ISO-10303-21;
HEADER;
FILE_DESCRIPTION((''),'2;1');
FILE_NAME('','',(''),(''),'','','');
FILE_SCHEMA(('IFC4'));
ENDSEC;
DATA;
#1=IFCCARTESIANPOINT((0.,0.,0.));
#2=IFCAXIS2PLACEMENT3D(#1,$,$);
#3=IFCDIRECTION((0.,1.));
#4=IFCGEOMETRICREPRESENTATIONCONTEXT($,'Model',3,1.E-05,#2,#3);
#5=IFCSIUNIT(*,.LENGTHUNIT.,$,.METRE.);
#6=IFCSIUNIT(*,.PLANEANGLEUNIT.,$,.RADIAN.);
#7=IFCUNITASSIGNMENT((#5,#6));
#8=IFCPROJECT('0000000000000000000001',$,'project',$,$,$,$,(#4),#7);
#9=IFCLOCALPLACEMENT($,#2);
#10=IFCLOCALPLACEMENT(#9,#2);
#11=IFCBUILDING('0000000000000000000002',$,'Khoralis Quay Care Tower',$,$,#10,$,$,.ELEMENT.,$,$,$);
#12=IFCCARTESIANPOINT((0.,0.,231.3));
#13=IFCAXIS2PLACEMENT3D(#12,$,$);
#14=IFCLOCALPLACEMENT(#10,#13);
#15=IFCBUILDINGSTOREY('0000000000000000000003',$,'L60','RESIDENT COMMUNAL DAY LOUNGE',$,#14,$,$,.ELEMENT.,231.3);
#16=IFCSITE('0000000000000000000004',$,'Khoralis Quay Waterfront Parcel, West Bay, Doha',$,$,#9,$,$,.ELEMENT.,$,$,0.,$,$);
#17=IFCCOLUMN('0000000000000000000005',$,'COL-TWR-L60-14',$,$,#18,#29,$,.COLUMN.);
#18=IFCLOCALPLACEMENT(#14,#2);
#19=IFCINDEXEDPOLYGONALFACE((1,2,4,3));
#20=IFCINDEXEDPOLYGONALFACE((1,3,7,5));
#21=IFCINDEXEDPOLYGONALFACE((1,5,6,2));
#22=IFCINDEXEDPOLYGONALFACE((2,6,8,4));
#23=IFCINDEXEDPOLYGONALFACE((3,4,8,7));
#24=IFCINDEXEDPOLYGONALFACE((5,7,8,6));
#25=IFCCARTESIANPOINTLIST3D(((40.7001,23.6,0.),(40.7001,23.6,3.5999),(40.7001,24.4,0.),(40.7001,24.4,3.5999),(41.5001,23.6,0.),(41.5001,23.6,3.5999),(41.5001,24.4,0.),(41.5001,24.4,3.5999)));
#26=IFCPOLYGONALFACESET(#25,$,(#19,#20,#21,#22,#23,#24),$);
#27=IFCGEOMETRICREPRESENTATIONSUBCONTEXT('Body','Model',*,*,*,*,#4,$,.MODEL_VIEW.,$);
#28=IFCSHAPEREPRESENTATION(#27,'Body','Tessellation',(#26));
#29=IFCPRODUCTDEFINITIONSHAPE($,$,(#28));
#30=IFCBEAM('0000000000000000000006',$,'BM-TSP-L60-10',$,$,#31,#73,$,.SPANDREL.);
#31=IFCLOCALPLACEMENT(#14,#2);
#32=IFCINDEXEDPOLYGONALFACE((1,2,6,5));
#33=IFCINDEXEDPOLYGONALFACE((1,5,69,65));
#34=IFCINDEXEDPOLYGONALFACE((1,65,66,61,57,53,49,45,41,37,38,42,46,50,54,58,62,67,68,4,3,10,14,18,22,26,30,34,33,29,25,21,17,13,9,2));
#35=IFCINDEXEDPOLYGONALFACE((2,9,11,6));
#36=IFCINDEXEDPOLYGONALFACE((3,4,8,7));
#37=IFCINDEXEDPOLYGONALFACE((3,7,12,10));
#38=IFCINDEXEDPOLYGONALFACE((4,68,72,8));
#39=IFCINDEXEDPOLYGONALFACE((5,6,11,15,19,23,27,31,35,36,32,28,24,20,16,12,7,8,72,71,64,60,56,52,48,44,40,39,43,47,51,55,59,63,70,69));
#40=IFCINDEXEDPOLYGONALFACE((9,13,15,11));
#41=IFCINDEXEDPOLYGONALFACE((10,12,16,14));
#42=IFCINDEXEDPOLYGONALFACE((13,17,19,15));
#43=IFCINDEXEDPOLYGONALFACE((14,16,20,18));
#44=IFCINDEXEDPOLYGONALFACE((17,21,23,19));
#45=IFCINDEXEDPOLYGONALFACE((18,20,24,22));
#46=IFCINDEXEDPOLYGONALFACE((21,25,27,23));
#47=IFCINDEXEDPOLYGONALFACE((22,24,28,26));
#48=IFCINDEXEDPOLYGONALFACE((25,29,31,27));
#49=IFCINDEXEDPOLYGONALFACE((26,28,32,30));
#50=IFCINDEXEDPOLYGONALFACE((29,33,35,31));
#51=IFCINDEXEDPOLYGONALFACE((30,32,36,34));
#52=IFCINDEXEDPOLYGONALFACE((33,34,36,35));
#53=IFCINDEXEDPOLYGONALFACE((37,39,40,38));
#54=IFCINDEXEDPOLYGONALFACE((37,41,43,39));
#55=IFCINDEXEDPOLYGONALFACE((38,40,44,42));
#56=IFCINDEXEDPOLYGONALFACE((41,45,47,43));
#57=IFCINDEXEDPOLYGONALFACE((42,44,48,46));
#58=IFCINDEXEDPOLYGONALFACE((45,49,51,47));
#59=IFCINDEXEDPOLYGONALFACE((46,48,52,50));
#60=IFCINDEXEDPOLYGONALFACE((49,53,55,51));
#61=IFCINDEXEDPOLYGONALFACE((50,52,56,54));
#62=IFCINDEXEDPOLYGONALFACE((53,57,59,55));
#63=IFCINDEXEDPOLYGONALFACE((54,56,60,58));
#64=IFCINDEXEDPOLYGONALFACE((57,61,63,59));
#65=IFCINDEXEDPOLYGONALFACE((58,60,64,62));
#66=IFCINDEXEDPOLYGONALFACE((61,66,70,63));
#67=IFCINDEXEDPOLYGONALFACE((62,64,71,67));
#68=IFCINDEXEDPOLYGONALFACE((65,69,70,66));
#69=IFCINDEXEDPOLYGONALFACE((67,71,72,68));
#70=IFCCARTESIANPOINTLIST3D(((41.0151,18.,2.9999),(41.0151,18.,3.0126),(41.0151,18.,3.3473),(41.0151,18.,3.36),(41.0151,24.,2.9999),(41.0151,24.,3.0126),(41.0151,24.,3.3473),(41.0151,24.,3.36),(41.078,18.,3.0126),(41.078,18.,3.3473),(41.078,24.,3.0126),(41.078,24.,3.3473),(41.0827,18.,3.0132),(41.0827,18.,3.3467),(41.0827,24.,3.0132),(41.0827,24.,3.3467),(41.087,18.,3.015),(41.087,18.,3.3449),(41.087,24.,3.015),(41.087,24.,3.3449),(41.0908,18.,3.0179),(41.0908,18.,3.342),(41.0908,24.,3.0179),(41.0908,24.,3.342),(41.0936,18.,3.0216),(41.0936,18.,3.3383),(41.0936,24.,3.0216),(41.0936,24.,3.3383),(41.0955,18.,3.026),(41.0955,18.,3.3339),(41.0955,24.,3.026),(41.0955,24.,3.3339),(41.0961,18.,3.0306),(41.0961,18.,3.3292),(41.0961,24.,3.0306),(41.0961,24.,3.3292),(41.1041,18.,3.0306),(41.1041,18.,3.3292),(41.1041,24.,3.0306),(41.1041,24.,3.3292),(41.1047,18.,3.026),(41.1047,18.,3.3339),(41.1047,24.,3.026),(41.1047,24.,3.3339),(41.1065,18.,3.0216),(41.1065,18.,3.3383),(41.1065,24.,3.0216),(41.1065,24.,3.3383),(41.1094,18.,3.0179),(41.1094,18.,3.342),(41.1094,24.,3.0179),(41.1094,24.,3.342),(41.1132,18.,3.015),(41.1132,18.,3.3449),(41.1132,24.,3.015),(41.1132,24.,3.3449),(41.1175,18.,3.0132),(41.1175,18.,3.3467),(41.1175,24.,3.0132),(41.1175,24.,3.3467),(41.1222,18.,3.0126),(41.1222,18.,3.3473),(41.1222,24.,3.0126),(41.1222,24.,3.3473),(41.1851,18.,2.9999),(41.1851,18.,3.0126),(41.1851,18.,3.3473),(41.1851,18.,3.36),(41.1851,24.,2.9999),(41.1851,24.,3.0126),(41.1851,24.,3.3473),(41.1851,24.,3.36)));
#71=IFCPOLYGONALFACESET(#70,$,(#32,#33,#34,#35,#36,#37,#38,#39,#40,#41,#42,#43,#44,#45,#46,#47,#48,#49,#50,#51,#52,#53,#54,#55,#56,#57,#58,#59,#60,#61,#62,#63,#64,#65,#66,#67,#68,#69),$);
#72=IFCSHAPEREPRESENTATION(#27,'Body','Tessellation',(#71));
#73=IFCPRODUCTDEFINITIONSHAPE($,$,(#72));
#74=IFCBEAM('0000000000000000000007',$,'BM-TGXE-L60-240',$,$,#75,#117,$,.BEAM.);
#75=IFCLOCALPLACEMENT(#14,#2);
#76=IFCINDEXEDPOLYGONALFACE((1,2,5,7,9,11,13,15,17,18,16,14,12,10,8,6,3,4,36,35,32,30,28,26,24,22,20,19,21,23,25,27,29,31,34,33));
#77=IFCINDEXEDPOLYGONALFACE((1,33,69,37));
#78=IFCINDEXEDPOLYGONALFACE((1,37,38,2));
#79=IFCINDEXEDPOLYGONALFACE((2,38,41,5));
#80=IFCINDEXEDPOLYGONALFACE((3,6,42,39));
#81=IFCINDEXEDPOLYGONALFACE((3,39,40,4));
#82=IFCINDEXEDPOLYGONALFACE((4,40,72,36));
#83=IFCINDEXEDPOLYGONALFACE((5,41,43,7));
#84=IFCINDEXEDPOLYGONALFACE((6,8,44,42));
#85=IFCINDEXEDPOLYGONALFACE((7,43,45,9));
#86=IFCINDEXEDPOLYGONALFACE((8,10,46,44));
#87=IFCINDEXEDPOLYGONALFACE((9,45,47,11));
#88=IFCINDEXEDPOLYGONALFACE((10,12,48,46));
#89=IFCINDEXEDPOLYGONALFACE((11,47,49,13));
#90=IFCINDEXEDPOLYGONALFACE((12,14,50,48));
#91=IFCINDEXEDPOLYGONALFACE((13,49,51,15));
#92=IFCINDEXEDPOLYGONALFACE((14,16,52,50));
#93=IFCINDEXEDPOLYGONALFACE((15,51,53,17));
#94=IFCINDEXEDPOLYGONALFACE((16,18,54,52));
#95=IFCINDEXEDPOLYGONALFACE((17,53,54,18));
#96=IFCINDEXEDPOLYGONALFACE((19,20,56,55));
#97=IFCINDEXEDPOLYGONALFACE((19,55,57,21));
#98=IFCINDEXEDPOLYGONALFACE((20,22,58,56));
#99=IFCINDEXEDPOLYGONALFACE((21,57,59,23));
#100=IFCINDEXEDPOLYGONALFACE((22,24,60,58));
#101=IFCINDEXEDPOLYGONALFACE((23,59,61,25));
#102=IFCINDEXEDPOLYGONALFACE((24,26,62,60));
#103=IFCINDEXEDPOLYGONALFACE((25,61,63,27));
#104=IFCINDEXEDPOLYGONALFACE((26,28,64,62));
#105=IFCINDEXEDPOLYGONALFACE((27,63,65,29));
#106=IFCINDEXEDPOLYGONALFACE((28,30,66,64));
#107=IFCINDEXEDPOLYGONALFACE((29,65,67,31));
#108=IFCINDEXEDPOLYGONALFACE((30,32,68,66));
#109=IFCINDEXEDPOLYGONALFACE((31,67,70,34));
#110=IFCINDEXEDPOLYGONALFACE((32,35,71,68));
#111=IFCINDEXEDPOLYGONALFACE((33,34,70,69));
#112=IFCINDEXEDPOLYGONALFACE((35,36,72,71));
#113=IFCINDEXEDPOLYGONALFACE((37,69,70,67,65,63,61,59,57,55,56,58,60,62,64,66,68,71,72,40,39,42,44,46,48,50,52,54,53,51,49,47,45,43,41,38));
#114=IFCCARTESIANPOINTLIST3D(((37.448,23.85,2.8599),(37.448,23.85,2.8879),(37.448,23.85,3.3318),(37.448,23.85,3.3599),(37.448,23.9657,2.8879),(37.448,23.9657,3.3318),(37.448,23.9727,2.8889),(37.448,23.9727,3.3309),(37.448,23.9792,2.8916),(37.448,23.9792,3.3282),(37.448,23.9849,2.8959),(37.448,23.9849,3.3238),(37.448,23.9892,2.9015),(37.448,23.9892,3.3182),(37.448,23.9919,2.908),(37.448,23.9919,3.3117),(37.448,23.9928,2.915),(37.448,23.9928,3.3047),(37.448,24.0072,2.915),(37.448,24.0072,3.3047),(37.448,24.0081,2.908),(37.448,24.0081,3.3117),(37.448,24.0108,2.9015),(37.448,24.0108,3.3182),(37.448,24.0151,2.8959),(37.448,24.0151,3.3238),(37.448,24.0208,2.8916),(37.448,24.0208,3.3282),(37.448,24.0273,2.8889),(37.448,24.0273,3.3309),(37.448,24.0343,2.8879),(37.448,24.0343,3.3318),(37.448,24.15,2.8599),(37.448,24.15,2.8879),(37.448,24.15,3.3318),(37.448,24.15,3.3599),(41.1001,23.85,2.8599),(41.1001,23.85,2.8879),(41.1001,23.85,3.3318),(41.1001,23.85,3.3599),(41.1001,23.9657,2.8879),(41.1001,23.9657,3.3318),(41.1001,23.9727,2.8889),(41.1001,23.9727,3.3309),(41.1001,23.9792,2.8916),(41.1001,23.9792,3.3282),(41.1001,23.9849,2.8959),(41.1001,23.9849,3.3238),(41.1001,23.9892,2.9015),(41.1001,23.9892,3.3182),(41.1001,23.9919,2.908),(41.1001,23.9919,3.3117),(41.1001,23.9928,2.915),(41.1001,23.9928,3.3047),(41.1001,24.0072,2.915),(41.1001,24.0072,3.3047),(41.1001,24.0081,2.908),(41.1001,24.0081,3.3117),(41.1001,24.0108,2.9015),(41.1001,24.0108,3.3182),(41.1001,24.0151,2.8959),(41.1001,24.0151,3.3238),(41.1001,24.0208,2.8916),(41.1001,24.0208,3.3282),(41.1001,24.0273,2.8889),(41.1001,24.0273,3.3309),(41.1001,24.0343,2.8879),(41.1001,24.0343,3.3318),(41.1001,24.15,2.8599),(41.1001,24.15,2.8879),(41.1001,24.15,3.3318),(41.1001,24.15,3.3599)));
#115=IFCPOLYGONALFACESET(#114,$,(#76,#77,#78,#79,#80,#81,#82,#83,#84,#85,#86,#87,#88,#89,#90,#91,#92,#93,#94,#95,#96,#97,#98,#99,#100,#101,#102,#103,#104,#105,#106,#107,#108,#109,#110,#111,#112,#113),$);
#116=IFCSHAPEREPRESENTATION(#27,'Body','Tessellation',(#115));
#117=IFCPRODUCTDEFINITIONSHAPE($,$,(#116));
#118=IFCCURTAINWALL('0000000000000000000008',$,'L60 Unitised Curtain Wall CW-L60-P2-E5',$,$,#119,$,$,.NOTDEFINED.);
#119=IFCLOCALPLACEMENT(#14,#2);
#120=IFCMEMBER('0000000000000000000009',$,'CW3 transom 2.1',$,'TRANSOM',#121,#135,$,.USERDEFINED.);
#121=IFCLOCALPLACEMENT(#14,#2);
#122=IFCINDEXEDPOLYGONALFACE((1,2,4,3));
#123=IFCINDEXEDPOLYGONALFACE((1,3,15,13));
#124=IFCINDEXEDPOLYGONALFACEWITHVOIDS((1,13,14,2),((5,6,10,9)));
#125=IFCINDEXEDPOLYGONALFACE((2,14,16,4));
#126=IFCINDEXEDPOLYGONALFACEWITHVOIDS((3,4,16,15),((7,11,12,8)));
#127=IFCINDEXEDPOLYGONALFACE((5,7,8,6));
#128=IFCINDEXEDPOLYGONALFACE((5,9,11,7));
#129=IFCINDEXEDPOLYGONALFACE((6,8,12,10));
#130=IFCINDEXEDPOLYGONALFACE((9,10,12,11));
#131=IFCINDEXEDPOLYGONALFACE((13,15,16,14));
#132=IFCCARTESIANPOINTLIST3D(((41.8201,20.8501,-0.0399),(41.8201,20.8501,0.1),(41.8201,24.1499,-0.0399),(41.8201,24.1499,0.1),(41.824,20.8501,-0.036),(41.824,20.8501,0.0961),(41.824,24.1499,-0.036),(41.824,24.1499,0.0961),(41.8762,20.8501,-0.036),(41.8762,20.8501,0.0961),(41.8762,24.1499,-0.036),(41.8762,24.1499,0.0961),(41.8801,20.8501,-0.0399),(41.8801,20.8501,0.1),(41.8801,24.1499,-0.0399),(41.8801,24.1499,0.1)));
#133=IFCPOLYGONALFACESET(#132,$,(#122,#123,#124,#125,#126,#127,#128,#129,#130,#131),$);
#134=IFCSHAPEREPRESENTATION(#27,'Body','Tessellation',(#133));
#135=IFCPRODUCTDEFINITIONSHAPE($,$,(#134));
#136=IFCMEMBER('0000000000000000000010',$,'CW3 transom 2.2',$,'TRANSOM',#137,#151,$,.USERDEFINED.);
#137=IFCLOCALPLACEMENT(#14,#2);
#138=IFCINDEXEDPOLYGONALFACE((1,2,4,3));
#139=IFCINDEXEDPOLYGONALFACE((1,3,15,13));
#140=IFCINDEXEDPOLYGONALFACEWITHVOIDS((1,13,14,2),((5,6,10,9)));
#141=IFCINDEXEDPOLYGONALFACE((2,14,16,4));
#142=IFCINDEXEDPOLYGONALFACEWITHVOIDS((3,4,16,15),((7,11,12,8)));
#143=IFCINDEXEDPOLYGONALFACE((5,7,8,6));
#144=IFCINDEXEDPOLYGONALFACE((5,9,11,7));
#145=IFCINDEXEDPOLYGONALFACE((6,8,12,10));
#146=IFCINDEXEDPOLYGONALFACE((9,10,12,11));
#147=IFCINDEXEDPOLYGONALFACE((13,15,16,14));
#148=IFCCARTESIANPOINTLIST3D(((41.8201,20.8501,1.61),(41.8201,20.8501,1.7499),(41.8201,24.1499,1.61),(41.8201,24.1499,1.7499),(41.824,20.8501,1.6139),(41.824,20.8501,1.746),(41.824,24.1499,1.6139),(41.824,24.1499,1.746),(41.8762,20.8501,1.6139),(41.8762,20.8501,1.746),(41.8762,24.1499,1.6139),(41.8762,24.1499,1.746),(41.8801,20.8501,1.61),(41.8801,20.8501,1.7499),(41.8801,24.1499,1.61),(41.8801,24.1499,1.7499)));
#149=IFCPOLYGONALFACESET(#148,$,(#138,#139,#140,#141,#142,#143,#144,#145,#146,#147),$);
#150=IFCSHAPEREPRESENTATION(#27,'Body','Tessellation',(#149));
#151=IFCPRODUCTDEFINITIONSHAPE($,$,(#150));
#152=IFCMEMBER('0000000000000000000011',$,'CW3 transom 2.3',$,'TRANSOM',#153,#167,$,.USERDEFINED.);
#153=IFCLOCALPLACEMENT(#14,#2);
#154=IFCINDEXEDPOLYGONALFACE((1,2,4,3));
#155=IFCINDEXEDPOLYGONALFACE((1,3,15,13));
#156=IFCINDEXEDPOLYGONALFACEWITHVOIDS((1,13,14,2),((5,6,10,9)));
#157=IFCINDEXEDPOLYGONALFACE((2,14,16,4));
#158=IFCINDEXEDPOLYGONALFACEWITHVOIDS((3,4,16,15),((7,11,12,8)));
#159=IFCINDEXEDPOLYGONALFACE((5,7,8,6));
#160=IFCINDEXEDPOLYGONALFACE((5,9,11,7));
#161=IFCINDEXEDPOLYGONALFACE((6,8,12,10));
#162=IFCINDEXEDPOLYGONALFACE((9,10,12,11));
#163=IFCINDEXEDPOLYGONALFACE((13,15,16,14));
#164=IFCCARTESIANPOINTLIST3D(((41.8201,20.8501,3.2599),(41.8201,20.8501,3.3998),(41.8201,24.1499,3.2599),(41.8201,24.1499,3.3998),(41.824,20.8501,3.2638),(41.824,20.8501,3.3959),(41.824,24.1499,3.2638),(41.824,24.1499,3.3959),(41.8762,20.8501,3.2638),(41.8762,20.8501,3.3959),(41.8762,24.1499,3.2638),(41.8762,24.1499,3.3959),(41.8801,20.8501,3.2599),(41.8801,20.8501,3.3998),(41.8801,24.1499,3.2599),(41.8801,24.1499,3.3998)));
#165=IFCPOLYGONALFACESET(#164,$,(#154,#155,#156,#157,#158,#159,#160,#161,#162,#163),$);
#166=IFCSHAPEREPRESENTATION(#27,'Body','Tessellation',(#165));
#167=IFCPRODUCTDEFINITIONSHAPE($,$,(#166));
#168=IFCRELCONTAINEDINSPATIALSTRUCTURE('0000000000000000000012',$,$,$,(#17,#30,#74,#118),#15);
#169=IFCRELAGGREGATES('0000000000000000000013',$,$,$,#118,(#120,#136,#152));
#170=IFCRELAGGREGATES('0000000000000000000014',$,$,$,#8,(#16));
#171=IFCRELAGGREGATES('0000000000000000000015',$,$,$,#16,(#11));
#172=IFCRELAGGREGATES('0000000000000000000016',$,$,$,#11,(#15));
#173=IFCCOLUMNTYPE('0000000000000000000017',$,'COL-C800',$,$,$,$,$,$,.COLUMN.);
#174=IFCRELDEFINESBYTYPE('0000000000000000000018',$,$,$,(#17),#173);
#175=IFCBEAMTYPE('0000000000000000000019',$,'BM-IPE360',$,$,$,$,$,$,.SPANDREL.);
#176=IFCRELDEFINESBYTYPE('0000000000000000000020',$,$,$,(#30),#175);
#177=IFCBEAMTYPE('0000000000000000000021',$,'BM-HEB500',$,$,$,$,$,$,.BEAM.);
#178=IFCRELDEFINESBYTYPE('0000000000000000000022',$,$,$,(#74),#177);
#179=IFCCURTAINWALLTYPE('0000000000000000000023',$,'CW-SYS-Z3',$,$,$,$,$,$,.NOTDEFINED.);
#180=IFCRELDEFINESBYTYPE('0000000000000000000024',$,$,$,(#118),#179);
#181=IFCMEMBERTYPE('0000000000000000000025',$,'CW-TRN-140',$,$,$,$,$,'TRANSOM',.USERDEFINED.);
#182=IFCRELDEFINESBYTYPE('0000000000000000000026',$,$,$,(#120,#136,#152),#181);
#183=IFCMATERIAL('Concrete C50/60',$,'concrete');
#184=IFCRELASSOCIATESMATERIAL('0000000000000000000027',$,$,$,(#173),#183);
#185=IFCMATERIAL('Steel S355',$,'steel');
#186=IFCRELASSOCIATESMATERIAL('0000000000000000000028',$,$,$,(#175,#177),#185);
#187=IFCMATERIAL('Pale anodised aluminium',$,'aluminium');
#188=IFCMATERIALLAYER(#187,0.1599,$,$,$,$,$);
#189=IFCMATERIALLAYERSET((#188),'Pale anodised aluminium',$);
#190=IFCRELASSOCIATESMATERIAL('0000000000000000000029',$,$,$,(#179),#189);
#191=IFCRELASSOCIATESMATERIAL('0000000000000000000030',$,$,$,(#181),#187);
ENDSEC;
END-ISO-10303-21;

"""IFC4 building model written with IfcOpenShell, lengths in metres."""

from ifc_helpers import new_model, si_unit, direction, frame, origin, origin_2d, place, context, subcontext, project, spatial, rectangle, hollow_rectangle, i_section, extrude, source, transform, mapped, material, layer, layer_set, material_profile, profile_set, type_object, element, aggregate, save


model = new_model("IFC4")

# Units and contexts
model_context = context("Model", 3, precision=1e-05, world=origin(), true_north=direction((0.0, 1.0)))
body_context = subcontext(model_context, "Body", "Model", "MODEL_VIEW")
ifc_project = project(units=[si_unit("LENGTHUNIT", "METRE"), si_unit("PLANEANGLEUNIT", "RADIAN")], contexts=[model_context])

# Site, building, storey
site_placement = place(None, origin())
site = spatial("IfcSite", under=ifc_project, at=site_placement, Name="Khoralis Quay Waterfront Parcel, West Bay, Doha", CompositionType="ELEMENT", RefElevation=0.0)
building_placement = place(site_placement, origin())
building = spatial("IfcBuilding", under=site, at=building_placement, Name="Khoralis Quay Care Tower", CompositionType="ELEMENT")
storey_placement = place(building_placement, frame((0.0, 0.0, 231.3)))
storey = spatial("IfcBuildingStorey", under=building, at=storey_placement, Name="L60", Description="RESIDENT COMMUNAL DAY LOUNGE", CompositionType="ELEMENT", Elevation=231.3)

# Column
ifc_material_1 = material(Name="Concrete C50/60", Category="concrete")
ifc_material_profile_1 = material_profile(ifc_material_1, rectangle(XDim=0.8, YDim=0.8, at=origin_2d()), Name="Concrete C50/60")
ifc_profile_set_1 = profile_set([ifc_material_profile_1], Name="Concrete C50/60")
column_type = type_object("IfcColumnType", Name="COL-C800", PredefinedType="COLUMN", material=ifc_profile_set_1)
shared_shape_1 = source(origin(), body_context, "Body", "SweptSolid", [
    extrude(rectangle(XDim=0.8, YDim=0.8, at=origin_2d()), origin(), (0.0, 0.0, 1.0), 3.5999),
])
column_placement = place(storey_placement, frame((41.1001, 24.0, 0.0), z_axis=(0.0, 0.0, 1.0), x_axis=(1.0, 0.0, 0.0)))
element("IfcColumn", 1, at=column_placement, inside=storey, type_object=column_type, Name="COL-TWR-L60-14", PredefinedType="COLUMN", context=body_context, shape_type="MappedRepresentation", body=[
    mapped(shared_shape_1, transform((0.0, 0.0, 0.0), scale=1.0)),
])

# Beams
ifc_material_2 = material(Name="Steel S355", Category="steel")
ifc_material_profile_2 = material_profile(ifc_material_2, i_section(OverallWidth=0.1699, OverallDepth=0.3601, WebThickness=0.0081, FlangeThickness=0.0127, FilletRadius=0.0181, at=origin_2d()), Name="Steel S355")
ifc_profile_set_2 = profile_set([ifc_material_profile_2], Name="Steel S355")
beam_type_1 = type_object("IfcBeamType", Name="BM-IPE360", PredefinedType="SPANDREL", material=ifc_profile_set_2)
shared_shape_2 = source(origin(), body_context, "Body", "SweptSolid", [
    extrude(i_section(OverallWidth=0.1699, OverallDepth=0.3601, WebThickness=0.0081, FlangeThickness=0.0127, FilletRadius=0.0181, at=origin_2d()), origin(), (0.0, 0.0, 1.0), 6.0),
])
beam_1_placement = place(storey_placement, frame((41.1001, 18.0, 3.1799), z_axis=(0.0, 1.0, 0.0), x_axis=(-1.0, 0.0, 0.0)))
element("IfcBeam", 2, at=beam_1_placement, inside=storey, type_object=beam_type_1, Name="BM-TSP-L60-10", PredefinedType="SPANDREL", context=body_context, shape_type="MappedRepresentation", body=[
    mapped(shared_shape_2, transform((0.0, 0.0, 0.0), scale=1.0)),
])
ifc_material_profile_3 = material_profile(ifc_material_2, i_section(OverallWidth=0.3, OverallDepth=0.5, WebThickness=0.0144, FlangeThickness=0.0281, FilletRadius=0.0271, at=origin_2d()), Name="Steel S355")
ifc_profile_set_3 = profile_set([ifc_material_profile_3], Name="Steel S355")
beam_type_2 = type_object("IfcBeamType", Name="BM-HEB500", PredefinedType="BEAM", material=ifc_profile_set_3)
shared_shape_3 = source(origin(), body_context, "Body", "SweptSolid", [
    extrude(i_section(OverallWidth=0.3, OverallDepth=0.5, WebThickness=0.0144, FlangeThickness=0.0281, FilletRadius=0.0271, at=origin_2d()), origin(), (0.0, 0.0, 1.0), 3.6521),
])
beam_2_placement = place(storey_placement, frame((37.448, 24.0, 3.1099), z_axis=(1.0, 0.0, 0.0), x_axis=(0.0, 1.0, 0.0)))
element("IfcBeam", 3, at=beam_2_placement, inside=storey, type_object=beam_type_2, Name="BM-TGXE-L60-240", PredefinedType="BEAM", context=body_context, shape_type="MappedRepresentation", body=[
    mapped(shared_shape_3, transform((0.0, 0.0, 0.0), scale=1.0)),
])

# Curtain wall, members
ifc_material_3 = material(Name="Pale anodised aluminium", Category="aluminium")
ifc_layer_1 = layer(ifc_material_3, 0.1599)
ifc_layer_set_1 = layer_set([ifc_layer_1], Name="Pale anodised aluminium")
curtain_wall_type = type_object("IfcCurtainWallType", Name="CW-SYS-Z3", PredefinedType="NOTDEFINED", material=ifc_layer_set_1)
curtain_wall_placement = place(storey_placement, origin())
curtain_wall = element("IfcCurtainWall", 4, at=curtain_wall_placement, inside=storey, type_object=curtain_wall_type, Name="L60 Unitised Curtain Wall CW-L60-P2-E5", PredefinedType="NOTDEFINED")
ifc_material_profile_4 = material_profile(ifc_material_3, hollow_rectangle(XDim=0.0601, YDim=0.1399, WallThickness=0.0039, at=origin_2d()), Name="Pale anodised aluminium")
ifc_profile_set_4 = profile_set([ifc_material_profile_4], Name="Pale anodised aluminium")
member_type_1 = type_object("IfcMemberType", Name="CW-TRN-140", ElementType="TRANSOM", PredefinedType="USERDEFINED", material=ifc_profile_set_4)
shared_shape_4 = source(origin(), body_context, "Body", "SweptSolid", [
    extrude(hollow_rectangle(XDim=0.0601, YDim=0.1399, WallThickness=0.0039, at=origin_2d()), origin(), (0.0, 0.0, 1.0), 3.2998),
])
member_1_placement = place(storey_placement, frame((41.8501, 20.8501, 0.03), z_axis=(0.0, 1.0, 0.0), x_axis=(-1.0, 0.0, 0.0)))
member_1 = element("IfcMember", 5, at=member_1_placement, type_object=member_type_1, Name="CW3 transom 2.1", ObjectType="TRANSOM", PredefinedType="USERDEFINED", context=body_context, shape_type="MappedRepresentation", body=[
    mapped(shared_shape_4, transform((0.0, 0.0, 0.0), scale=1.0)),
])
member_2_placement = place(storey_placement, frame((41.8501, 20.8501, 1.6799), z_axis=(0.0, 1.0, 0.0), x_axis=(-1.0, 0.0, 0.0)))
member_2 = element("IfcMember", 6, at=member_2_placement, type_object=member_type_1, Name="CW3 transom 2.2", ObjectType="TRANSOM", PredefinedType="USERDEFINED", context=body_context, shape_type="MappedRepresentation", body=[
    mapped(shared_shape_4, transform((0.0, 0.0, 0.0), scale=1.0)),
])
member_3_placement = place(storey_placement, frame((41.8501, 20.8501, 3.3298), z_axis=(0.0, 1.0, 0.0), x_axis=(-1.0, 0.0, 0.0)))
member_3 = element("IfcMember", 7, at=member_3_placement, type_object=member_type_1, Name="CW3 transom 2.3", ObjectType="TRANSOM", PredefinedType="USERDEFINED", context=body_context, shape_type="MappedRepresentation", body=[
    mapped(shared_shape_4, transform((0.0, 0.0, 0.0), scale=1.0)),
])
aggregate(curtain_wall, [member_1, member_2, member_3])

save(model, "model.ifc")
